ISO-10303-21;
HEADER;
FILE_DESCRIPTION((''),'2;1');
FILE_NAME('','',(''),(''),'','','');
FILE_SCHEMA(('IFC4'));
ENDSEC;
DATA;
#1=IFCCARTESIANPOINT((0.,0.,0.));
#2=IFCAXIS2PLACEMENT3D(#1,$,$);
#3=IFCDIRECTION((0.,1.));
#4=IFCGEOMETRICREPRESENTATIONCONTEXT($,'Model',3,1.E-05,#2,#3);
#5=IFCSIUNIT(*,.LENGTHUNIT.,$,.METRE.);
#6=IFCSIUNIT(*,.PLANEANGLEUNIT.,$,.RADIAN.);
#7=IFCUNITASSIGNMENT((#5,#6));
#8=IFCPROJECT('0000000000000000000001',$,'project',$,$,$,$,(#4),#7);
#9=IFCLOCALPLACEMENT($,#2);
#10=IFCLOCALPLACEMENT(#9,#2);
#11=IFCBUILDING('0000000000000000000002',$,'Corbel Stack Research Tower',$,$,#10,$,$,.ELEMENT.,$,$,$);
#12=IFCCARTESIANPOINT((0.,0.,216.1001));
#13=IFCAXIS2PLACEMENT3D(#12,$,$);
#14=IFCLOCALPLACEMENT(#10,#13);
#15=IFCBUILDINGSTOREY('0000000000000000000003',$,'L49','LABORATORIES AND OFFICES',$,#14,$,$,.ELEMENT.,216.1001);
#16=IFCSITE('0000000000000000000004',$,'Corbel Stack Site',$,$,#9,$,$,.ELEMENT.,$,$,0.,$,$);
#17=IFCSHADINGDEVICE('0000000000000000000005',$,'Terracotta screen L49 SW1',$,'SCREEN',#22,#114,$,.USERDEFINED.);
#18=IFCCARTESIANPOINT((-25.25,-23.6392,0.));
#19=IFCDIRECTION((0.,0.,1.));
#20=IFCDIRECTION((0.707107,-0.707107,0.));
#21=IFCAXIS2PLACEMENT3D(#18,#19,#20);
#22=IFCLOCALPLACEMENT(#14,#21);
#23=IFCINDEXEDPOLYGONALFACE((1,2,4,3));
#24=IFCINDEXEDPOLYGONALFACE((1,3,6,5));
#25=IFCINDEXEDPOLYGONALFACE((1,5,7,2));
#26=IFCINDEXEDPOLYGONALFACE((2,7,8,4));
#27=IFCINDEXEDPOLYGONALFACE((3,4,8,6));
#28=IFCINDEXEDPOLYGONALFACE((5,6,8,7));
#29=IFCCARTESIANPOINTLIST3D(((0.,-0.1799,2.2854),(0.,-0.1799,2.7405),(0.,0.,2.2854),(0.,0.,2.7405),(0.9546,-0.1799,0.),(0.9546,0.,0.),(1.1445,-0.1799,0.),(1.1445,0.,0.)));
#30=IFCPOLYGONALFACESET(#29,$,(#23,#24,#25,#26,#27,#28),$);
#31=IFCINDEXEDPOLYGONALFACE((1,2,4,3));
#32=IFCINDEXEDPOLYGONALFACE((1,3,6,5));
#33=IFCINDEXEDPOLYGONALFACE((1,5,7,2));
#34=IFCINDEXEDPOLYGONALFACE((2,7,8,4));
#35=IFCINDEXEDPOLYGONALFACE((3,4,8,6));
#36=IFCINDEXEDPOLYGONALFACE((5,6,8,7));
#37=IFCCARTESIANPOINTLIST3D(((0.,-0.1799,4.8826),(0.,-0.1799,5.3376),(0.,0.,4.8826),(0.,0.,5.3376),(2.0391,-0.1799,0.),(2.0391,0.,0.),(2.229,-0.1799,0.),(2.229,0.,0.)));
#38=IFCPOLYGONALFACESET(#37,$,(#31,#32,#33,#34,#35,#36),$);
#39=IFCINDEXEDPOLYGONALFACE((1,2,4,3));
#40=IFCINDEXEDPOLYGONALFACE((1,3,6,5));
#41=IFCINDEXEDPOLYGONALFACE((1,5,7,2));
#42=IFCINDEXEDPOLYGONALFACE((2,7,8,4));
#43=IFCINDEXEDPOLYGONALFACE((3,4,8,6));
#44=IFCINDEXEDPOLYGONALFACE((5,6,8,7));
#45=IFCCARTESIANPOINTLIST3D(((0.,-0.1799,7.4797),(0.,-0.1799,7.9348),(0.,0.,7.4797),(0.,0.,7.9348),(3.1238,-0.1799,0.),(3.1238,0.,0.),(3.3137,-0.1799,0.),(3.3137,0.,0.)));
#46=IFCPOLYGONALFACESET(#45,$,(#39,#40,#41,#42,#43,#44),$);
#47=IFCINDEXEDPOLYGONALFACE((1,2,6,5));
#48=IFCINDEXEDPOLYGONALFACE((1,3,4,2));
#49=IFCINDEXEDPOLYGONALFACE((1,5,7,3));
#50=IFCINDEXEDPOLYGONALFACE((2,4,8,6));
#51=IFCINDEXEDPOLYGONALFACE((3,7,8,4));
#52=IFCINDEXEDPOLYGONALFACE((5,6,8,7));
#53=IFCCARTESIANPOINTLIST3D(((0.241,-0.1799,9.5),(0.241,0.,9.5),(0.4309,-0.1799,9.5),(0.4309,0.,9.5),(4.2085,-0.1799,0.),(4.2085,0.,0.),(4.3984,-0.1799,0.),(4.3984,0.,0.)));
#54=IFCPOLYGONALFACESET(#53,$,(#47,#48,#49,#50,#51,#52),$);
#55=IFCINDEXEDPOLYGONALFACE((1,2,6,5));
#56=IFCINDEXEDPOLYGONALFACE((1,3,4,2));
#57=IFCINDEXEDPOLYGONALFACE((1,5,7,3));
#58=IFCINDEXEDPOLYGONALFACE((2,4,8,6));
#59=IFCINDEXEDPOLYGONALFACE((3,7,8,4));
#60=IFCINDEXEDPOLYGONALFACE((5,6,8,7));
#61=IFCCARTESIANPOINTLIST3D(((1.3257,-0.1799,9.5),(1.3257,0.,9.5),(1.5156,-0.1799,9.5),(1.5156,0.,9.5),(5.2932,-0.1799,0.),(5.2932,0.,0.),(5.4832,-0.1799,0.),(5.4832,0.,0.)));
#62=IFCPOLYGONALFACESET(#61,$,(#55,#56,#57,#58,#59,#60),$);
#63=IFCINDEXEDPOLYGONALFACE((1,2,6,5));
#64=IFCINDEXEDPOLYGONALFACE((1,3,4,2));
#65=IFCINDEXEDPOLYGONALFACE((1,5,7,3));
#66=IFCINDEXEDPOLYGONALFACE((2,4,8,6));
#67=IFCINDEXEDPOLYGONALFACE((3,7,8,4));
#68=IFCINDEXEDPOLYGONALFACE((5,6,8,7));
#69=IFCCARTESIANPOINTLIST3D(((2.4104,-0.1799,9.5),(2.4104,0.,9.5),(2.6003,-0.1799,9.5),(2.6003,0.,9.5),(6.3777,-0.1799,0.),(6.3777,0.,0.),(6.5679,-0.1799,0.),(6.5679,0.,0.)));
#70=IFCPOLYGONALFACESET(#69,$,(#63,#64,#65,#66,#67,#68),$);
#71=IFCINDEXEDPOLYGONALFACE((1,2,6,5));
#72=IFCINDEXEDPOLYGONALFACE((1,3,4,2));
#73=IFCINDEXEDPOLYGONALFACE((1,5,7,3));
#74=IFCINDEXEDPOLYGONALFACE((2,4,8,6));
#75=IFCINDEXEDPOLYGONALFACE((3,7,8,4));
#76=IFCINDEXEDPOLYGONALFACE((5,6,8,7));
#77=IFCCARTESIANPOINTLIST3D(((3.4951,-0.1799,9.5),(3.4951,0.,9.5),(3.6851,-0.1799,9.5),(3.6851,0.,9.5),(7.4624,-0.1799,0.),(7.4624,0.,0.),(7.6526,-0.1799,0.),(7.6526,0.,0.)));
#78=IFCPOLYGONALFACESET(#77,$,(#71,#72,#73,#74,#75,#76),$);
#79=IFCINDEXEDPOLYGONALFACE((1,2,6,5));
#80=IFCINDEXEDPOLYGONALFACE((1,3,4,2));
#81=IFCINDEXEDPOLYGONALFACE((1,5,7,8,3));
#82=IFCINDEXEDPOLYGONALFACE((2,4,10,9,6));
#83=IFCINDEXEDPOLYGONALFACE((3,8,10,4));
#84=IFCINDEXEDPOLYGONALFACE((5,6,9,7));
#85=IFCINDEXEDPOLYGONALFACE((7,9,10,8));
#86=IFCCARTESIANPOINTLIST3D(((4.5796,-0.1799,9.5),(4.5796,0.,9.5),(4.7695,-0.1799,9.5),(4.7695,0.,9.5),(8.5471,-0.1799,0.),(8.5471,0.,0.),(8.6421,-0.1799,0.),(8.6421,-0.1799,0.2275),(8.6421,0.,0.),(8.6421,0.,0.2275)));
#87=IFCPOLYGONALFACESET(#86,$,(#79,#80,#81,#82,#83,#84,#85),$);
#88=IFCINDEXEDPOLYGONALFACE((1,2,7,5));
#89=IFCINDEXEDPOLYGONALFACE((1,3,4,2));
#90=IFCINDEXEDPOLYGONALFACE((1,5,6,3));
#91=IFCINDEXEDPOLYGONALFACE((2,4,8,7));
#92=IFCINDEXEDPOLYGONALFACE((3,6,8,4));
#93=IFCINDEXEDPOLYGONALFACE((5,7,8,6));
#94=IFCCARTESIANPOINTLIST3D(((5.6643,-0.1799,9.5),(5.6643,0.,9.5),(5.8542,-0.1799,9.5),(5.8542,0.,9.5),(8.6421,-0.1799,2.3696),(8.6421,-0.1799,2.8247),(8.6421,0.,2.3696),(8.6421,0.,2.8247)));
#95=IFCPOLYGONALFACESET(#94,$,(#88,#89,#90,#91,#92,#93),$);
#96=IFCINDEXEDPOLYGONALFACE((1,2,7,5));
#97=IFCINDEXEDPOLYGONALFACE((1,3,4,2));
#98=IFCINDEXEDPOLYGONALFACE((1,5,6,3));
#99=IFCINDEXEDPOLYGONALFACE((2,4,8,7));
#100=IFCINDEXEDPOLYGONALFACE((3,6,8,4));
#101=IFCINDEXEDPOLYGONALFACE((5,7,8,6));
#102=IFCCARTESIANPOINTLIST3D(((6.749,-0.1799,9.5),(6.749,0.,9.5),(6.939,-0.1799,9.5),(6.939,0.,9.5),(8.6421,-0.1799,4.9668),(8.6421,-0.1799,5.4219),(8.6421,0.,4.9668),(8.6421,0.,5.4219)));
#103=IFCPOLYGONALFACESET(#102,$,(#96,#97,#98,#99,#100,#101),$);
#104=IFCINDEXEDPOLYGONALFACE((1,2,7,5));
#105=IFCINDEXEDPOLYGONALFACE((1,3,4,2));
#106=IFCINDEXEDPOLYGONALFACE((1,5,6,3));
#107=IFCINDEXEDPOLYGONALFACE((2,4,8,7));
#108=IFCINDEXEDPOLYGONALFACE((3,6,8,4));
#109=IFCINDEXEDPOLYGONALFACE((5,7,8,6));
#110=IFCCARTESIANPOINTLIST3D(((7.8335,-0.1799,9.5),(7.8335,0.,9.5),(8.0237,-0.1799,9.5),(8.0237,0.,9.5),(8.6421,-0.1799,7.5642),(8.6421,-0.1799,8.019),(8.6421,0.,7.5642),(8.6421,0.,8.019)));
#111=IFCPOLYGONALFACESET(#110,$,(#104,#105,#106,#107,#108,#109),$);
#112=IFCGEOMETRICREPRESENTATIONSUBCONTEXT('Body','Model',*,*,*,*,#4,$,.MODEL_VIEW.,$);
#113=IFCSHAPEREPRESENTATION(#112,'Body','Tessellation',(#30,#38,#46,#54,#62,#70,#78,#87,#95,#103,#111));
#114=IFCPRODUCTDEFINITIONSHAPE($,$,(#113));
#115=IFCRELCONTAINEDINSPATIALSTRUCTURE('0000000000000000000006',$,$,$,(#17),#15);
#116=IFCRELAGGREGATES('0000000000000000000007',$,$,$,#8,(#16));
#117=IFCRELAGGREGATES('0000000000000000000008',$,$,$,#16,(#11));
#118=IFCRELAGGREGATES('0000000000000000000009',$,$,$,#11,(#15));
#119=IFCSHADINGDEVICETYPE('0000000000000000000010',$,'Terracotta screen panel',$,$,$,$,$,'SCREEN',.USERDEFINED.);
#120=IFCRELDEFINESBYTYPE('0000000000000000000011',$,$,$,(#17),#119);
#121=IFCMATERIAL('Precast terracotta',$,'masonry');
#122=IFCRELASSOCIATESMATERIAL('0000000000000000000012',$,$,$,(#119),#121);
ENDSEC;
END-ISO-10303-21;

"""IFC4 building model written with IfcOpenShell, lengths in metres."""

from ifc_helpers import new_model, si_unit, direction, frame, origin, place, context, subcontext, project, spatial, polyline, outline, extrude, source, transform, mapped, material, type_object, element, save


model = new_model("IFC4")

# Units and contexts
model_context = context("Model", 3, precision=1e-05, world=origin(), true_north=direction((0.0, 1.0)))
body_context = subcontext(model_context, "Body", "Model", "MODEL_VIEW")
ifc_project = project(units=[si_unit("LENGTHUNIT", "METRE"), si_unit("PLANEANGLEUNIT", "RADIAN")], contexts=[model_context])

# Site, building, storey
site_placement = place(None, origin())
site = spatial("IfcSite", under=ifc_project, at=site_placement, Name="Corbel Stack Site", CompositionType="ELEMENT", RefElevation=0.0)
building_placement = place(site_placement, origin())
building = spatial("IfcBuilding", under=site, at=building_placement, Name="Corbel Stack Research Tower", CompositionType="ELEMENT")
storey_placement = place(building_placement, frame((0.0, 0.0, 216.1001)))
storey = spatial("IfcBuildingStorey", under=building, at=storey_placement, Name="L49", Description="LABORATORIES AND OFFICES", CompositionType="ELEMENT", Elevation=216.1001)

# Shading device
ifc_material_1 = material(Name="Precast terracotta", Category="masonry")
shading_device_type = type_object("IfcShadingDeviceType", Name="Terracotta screen panel", ElementType="SCREEN", PredefinedType="USERDEFINED", material=ifc_material_1)
shared_shape_1 = source(origin(), body_context, "Body", "SweptSolid", [
    extrude(outline(polyline([(1.1445, 0.0), (0.0, 2.7405), (0.0, 2.2854), (0.9546, 0.0), (1.1445, 0.0)])), frame((0.0, 0.0, 0.0), z_axis=(0.0, -1.0, 0.0), x_axis=(1.0, 0.0, 0.0)), (0.0, 0.0, 1.0), 0.1799),
    extrude(outline(polyline([(2.229, 0.0), (0.0, 5.3376), (0.0, 4.8826), (2.0391, 0.0), (2.229, 0.0)])), frame((0.0, 0.0, 0.0), z_axis=(0.0, -1.0, 0.0), x_axis=(1.0, 0.0, 0.0)), (0.0, 0.0, 1.0), 0.1799),
    extrude(outline(polyline([(3.3137, 0.0), (0.0, 7.9348), (0.0, 7.4797), (3.1238, 0.0), (3.3137, 0.0)])), frame((0.0, 0.0, 0.0), z_axis=(0.0, -1.0, 0.0), x_axis=(1.0, 0.0, 0.0)), (0.0, 0.0, 1.0), 0.1799),
    extrude(outline(polyline([(4.3984, 0.0), (0.4309, 9.5), (0.241, 9.5), (4.2085, 0.0), (4.3984, 0.0)])), frame((0.0, 0.0, 0.0), z_axis=(0.0, -1.0, 0.0), x_axis=(1.0, 0.0, 0.0)), (0.0, 0.0, 1.0), 0.1799),
    extrude(outline(polyline([(5.4832, 0.0), (1.5156, 9.5), (1.3257, 9.5), (5.2932, 0.0), (5.4832, 0.0)])), frame((0.0, 0.0, 0.0), z_axis=(0.0, -1.0, 0.0), x_axis=(1.0, 0.0, 0.0)), (0.0, 0.0, 1.0), 0.1799),
    extrude(outline(polyline([(6.5679, 0.0), (2.6003, 9.5), (2.4104, 9.5), (6.3777, 0.0), (6.5679, 0.0)])), frame((0.0, 0.0, 0.0), z_axis=(0.0, -1.0, 0.0), x_axis=(1.0, 0.0, 0.0)), (0.0, 0.0, 1.0), 0.1799),
    extrude(outline(polyline([(7.6526, 0.0), (3.6851, 9.5), (3.4951, 9.5), (7.4624, 0.0), (7.6526, 0.0)])), frame((0.0, 0.0, 0.0), z_axis=(0.0, -1.0, 0.0), x_axis=(1.0, 0.0, 0.0)), (0.0, 0.0, 1.0), 0.1799),
    extrude(outline(polyline([(8.6421, 0.0), (8.6421, 0.2275), (4.7695, 9.5), (4.5796, 9.5), (8.5471, 0.0), (8.6421, 0.0)])), frame((0.0, 0.0, 0.0), z_axis=(0.0, -1.0, 0.0), x_axis=(1.0, 0.0, 0.0)), (0.0, 0.0, 1.0), 0.1799),
    extrude(outline(polyline([(5.8542, 9.5), (5.6643, 9.5), (8.6421, 2.3696), (8.6421, 2.8247), (5.8542, 9.5)])), frame((0.0, 0.0, 0.0), z_axis=(0.0, -1.0, 0.0), x_axis=(1.0, 0.0, 0.0)), (0.0, 0.0, 1.0), 0.1799),
    extrude(outline(polyline([(6.939, 9.5), (6.749, 9.5), (8.6421, 4.9668), (8.6421, 5.4219), (6.939, 9.5)])), frame((0.0, 0.0, 0.0), z_axis=(0.0, -1.0, 0.0), x_axis=(1.0, 0.0, 0.0)), (0.0, 0.0, 1.0), 0.1799),
    extrude(outline(polyline([(8.0237, 9.5), (7.8335, 9.5), (8.6421, 7.5642), (8.6421, 8.019), (8.0237, 9.5)])), frame((0.0, 0.0, 0.0), z_axis=(0.0, -1.0, 0.0), x_axis=(1.0, 0.0, 0.0)), (0.0, 0.0, 1.0), 0.1799),
])
shading_device_1_placement = place(storey_placement, frame((-25.25, -23.6392, 0.0), z_axis=(0.0, 0.0, 1.0), x_axis=(0.707107, -0.707107, 0.0)))
element("IfcShadingDevice", 1, at=shading_device_1_placement, inside=storey, type_object=shading_device_type, Name="Terracotta screen L49 SW1", ObjectType="SCREEN", PredefinedType="USERDEFINED", context=body_context, shape_type="MappedRepresentation", body=[
    mapped(shared_shape_1, transform((0.0, 0.0, 0.0))),
])

save(model, "model.ifc")
